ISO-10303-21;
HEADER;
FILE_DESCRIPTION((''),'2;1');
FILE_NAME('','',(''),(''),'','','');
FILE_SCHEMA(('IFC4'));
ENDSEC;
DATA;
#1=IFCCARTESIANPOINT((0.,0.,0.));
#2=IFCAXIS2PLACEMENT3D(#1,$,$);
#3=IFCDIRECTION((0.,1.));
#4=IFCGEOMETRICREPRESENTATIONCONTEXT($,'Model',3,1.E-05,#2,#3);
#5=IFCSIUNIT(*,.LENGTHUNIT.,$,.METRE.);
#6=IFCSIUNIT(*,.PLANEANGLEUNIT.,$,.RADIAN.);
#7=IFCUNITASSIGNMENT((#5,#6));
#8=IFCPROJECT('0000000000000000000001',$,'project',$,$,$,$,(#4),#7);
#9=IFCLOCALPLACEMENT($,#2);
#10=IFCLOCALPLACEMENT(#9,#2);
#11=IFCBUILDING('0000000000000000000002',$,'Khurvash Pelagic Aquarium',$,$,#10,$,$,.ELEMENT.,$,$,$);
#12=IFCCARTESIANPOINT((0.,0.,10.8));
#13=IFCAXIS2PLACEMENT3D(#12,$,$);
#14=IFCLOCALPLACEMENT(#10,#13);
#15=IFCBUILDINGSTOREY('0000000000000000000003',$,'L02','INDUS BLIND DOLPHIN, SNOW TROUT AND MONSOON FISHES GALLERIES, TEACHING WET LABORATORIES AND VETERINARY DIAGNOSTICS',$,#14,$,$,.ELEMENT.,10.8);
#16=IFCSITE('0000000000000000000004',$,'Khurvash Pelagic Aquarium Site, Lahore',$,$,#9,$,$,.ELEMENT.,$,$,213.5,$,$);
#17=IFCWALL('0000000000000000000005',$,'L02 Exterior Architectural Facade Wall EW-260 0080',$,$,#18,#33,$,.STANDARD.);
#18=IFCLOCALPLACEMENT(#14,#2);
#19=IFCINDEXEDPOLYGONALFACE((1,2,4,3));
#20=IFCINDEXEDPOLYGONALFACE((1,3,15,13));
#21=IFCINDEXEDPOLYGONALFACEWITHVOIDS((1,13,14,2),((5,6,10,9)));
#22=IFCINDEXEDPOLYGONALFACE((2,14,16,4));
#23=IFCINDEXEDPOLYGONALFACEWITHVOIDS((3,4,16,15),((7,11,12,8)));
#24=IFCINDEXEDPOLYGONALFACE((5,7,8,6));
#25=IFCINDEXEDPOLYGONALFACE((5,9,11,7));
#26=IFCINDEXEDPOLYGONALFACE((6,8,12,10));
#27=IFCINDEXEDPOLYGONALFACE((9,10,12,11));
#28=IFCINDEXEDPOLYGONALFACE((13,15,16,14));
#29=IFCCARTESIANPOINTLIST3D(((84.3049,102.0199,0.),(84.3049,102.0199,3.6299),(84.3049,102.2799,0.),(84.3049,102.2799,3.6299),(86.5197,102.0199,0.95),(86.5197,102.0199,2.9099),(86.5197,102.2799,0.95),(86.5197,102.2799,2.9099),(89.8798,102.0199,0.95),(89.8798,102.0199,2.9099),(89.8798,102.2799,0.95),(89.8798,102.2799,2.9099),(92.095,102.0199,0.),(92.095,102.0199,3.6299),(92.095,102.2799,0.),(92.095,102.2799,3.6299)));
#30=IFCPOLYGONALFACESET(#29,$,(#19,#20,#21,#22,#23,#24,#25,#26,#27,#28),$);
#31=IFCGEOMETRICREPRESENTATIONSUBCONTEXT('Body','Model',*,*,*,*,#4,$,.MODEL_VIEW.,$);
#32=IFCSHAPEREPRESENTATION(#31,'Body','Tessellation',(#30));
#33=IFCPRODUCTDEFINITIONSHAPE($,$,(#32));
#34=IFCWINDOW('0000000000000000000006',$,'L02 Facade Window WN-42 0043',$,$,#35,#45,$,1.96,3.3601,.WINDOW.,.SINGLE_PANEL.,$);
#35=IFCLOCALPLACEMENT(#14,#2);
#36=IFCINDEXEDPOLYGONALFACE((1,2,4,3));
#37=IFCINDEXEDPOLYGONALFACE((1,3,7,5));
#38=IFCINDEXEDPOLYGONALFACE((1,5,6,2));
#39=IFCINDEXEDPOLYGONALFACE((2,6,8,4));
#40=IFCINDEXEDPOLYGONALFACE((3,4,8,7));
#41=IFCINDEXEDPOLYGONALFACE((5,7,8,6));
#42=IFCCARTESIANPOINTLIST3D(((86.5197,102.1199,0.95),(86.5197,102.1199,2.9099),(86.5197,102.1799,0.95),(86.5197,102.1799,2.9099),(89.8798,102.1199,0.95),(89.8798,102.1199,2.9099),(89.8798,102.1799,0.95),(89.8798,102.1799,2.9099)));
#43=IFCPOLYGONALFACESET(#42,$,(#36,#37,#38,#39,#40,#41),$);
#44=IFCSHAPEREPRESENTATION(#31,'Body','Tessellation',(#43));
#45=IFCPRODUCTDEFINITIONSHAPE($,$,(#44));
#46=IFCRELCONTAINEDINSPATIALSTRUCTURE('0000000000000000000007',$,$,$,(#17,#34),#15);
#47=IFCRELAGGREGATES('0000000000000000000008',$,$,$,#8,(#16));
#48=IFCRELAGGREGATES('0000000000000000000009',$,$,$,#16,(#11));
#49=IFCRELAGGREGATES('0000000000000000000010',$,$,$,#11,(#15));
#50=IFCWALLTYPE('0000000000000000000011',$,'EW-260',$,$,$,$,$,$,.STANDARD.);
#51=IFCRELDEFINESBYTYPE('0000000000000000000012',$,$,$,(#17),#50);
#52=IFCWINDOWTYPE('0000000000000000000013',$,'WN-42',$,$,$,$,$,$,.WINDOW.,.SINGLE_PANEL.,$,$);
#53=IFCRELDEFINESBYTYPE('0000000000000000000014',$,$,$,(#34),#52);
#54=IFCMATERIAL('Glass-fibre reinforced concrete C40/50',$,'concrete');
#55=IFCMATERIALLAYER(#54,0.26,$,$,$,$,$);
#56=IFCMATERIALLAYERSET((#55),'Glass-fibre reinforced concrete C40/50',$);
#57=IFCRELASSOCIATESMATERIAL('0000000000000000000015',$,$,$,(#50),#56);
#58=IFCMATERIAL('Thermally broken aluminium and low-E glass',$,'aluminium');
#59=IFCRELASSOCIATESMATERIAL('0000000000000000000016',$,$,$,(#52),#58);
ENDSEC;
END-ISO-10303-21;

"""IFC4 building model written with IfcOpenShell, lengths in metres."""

from ifc_helpers import new_model, si_unit, direction, frame, frame_2d, origin, place, context, subcontext, project, spatial, rectangle, extrude, material, layer, layer_set, type_object, element, fill, save


model = new_model("IFC4")

# Units and contexts
model_context = context("Model", 3, precision=1e-05, world=origin(), true_north=direction((0.0, 1.0)))
body_context = subcontext(model_context, "Body", "Model", "MODEL_VIEW")
ifc_project = project(units=[si_unit("LENGTHUNIT", "METRE"), si_unit("PLANEANGLEUNIT", "RADIAN")], contexts=[model_context])

# Site, building, storey
site_placement = place(None, origin())
site = spatial("IfcSite", under=ifc_project, at=site_placement, Name="Khurvash Pelagic Aquarium Site, Lahore", CompositionType="ELEMENT", RefElevation=213.5)
building_placement = place(site_placement, origin())
building = spatial("IfcBuilding", under=site, at=building_placement, Name="Khurvash Pelagic Aquarium", CompositionType="ELEMENT")
storey_placement = place(building_placement, frame((0.0, 0.0, 10.8)))
storey = spatial("IfcBuildingStorey", under=building, at=storey_placement, Name="L02", Description="INDUS BLIND DOLPHIN, SNOW TROUT AND MONSOON FISHES GALLERIES, TEACHING WET LABORATORIES AND VETERINARY DIAGNOSTICS", CompositionType="ELEMENT", Elevation=10.8)

# Wall, opening, window
ifc_material_1 = material(Name="Glass-fibre reinforced concrete C40/50", Category="concrete")
ifc_layer_1 = layer(ifc_material_1, 0.26)
ifc_layer_set_1 = layer_set([ifc_layer_1], Name="Glass-fibre reinforced concrete C40/50")
wall_type = type_object("IfcWallType", Name="EW-260", PredefinedType="STANDARD", material=ifc_layer_set_1)
wall_placement = place(storey_placement, frame((92.095, 102.1499, 0.0), z_axis=(0.0, 0.0, 1.0), x_axis=(-1.0, 0.0, 0.0)))
wall = element("IfcWall", 1, at=wall_placement, inside=storey, type_object=wall_type, Name="L02 Exterior Architectural Facade Wall EW-260 0080", PredefinedType="STANDARD", context=body_context, shape_type="SweptSolid", body=[
    extrude(rectangle(XDim=7.79, YDim=0.26, at=frame_2d((3.895, 0.0))), origin(), (0.0, 0.0, 1.0), 3.6299),
])
opening_placement = place(wall_placement, frame((2.2151, 0.0, 0.95)))
opening = element("IfcOpeningElement", 2, at=opening_placement, cuts=wall, PredefinedType="OPENING", context=body_context, shape_type="SweptSolid", body=[
    extrude(rectangle(XDim=3.3601, YDim=1.96, at=frame_2d((1.6802, 0.98))), frame((0.0, 0.1401, 0.0), z_axis=(0.0, -1.0, 0.0), x_axis=(1.0, 0.0, 0.0)), (0.0, 0.0, 1.0), 0.28),
])
ifc_material_2 = material(Name="Thermally broken aluminium and low-E glass", Category="aluminium")
window_type = type_object("IfcWindowType", Name="WN-42", PartitioningType="SINGLE_PANEL", PredefinedType="WINDOW", material=ifc_material_2)
window_placement = place(opening_placement, origin())
window = element("IfcWindow", 3, at=window_placement, inside=storey, type_object=window_type, Name="L02 Facade Window WN-42 0043", OverallHeight=1.96, OverallWidth=3.3601, PartitioningType="SINGLE_PANEL", PredefinedType="WINDOW", context=body_context, shape_type="SweptSolid", body=[
    extrude(rectangle(XDim=3.3601, YDim=1.96, at=frame_2d((1.6802, 0.98))), frame((0.0, 0.03, 0.0), z_axis=(0.0, -1.0, 0.0), x_axis=(1.0, 0.0, 0.0)), (0.0, 0.0, 1.0), 0.0601),
])
fill(opening, window)

save(model, "model.ifc")
